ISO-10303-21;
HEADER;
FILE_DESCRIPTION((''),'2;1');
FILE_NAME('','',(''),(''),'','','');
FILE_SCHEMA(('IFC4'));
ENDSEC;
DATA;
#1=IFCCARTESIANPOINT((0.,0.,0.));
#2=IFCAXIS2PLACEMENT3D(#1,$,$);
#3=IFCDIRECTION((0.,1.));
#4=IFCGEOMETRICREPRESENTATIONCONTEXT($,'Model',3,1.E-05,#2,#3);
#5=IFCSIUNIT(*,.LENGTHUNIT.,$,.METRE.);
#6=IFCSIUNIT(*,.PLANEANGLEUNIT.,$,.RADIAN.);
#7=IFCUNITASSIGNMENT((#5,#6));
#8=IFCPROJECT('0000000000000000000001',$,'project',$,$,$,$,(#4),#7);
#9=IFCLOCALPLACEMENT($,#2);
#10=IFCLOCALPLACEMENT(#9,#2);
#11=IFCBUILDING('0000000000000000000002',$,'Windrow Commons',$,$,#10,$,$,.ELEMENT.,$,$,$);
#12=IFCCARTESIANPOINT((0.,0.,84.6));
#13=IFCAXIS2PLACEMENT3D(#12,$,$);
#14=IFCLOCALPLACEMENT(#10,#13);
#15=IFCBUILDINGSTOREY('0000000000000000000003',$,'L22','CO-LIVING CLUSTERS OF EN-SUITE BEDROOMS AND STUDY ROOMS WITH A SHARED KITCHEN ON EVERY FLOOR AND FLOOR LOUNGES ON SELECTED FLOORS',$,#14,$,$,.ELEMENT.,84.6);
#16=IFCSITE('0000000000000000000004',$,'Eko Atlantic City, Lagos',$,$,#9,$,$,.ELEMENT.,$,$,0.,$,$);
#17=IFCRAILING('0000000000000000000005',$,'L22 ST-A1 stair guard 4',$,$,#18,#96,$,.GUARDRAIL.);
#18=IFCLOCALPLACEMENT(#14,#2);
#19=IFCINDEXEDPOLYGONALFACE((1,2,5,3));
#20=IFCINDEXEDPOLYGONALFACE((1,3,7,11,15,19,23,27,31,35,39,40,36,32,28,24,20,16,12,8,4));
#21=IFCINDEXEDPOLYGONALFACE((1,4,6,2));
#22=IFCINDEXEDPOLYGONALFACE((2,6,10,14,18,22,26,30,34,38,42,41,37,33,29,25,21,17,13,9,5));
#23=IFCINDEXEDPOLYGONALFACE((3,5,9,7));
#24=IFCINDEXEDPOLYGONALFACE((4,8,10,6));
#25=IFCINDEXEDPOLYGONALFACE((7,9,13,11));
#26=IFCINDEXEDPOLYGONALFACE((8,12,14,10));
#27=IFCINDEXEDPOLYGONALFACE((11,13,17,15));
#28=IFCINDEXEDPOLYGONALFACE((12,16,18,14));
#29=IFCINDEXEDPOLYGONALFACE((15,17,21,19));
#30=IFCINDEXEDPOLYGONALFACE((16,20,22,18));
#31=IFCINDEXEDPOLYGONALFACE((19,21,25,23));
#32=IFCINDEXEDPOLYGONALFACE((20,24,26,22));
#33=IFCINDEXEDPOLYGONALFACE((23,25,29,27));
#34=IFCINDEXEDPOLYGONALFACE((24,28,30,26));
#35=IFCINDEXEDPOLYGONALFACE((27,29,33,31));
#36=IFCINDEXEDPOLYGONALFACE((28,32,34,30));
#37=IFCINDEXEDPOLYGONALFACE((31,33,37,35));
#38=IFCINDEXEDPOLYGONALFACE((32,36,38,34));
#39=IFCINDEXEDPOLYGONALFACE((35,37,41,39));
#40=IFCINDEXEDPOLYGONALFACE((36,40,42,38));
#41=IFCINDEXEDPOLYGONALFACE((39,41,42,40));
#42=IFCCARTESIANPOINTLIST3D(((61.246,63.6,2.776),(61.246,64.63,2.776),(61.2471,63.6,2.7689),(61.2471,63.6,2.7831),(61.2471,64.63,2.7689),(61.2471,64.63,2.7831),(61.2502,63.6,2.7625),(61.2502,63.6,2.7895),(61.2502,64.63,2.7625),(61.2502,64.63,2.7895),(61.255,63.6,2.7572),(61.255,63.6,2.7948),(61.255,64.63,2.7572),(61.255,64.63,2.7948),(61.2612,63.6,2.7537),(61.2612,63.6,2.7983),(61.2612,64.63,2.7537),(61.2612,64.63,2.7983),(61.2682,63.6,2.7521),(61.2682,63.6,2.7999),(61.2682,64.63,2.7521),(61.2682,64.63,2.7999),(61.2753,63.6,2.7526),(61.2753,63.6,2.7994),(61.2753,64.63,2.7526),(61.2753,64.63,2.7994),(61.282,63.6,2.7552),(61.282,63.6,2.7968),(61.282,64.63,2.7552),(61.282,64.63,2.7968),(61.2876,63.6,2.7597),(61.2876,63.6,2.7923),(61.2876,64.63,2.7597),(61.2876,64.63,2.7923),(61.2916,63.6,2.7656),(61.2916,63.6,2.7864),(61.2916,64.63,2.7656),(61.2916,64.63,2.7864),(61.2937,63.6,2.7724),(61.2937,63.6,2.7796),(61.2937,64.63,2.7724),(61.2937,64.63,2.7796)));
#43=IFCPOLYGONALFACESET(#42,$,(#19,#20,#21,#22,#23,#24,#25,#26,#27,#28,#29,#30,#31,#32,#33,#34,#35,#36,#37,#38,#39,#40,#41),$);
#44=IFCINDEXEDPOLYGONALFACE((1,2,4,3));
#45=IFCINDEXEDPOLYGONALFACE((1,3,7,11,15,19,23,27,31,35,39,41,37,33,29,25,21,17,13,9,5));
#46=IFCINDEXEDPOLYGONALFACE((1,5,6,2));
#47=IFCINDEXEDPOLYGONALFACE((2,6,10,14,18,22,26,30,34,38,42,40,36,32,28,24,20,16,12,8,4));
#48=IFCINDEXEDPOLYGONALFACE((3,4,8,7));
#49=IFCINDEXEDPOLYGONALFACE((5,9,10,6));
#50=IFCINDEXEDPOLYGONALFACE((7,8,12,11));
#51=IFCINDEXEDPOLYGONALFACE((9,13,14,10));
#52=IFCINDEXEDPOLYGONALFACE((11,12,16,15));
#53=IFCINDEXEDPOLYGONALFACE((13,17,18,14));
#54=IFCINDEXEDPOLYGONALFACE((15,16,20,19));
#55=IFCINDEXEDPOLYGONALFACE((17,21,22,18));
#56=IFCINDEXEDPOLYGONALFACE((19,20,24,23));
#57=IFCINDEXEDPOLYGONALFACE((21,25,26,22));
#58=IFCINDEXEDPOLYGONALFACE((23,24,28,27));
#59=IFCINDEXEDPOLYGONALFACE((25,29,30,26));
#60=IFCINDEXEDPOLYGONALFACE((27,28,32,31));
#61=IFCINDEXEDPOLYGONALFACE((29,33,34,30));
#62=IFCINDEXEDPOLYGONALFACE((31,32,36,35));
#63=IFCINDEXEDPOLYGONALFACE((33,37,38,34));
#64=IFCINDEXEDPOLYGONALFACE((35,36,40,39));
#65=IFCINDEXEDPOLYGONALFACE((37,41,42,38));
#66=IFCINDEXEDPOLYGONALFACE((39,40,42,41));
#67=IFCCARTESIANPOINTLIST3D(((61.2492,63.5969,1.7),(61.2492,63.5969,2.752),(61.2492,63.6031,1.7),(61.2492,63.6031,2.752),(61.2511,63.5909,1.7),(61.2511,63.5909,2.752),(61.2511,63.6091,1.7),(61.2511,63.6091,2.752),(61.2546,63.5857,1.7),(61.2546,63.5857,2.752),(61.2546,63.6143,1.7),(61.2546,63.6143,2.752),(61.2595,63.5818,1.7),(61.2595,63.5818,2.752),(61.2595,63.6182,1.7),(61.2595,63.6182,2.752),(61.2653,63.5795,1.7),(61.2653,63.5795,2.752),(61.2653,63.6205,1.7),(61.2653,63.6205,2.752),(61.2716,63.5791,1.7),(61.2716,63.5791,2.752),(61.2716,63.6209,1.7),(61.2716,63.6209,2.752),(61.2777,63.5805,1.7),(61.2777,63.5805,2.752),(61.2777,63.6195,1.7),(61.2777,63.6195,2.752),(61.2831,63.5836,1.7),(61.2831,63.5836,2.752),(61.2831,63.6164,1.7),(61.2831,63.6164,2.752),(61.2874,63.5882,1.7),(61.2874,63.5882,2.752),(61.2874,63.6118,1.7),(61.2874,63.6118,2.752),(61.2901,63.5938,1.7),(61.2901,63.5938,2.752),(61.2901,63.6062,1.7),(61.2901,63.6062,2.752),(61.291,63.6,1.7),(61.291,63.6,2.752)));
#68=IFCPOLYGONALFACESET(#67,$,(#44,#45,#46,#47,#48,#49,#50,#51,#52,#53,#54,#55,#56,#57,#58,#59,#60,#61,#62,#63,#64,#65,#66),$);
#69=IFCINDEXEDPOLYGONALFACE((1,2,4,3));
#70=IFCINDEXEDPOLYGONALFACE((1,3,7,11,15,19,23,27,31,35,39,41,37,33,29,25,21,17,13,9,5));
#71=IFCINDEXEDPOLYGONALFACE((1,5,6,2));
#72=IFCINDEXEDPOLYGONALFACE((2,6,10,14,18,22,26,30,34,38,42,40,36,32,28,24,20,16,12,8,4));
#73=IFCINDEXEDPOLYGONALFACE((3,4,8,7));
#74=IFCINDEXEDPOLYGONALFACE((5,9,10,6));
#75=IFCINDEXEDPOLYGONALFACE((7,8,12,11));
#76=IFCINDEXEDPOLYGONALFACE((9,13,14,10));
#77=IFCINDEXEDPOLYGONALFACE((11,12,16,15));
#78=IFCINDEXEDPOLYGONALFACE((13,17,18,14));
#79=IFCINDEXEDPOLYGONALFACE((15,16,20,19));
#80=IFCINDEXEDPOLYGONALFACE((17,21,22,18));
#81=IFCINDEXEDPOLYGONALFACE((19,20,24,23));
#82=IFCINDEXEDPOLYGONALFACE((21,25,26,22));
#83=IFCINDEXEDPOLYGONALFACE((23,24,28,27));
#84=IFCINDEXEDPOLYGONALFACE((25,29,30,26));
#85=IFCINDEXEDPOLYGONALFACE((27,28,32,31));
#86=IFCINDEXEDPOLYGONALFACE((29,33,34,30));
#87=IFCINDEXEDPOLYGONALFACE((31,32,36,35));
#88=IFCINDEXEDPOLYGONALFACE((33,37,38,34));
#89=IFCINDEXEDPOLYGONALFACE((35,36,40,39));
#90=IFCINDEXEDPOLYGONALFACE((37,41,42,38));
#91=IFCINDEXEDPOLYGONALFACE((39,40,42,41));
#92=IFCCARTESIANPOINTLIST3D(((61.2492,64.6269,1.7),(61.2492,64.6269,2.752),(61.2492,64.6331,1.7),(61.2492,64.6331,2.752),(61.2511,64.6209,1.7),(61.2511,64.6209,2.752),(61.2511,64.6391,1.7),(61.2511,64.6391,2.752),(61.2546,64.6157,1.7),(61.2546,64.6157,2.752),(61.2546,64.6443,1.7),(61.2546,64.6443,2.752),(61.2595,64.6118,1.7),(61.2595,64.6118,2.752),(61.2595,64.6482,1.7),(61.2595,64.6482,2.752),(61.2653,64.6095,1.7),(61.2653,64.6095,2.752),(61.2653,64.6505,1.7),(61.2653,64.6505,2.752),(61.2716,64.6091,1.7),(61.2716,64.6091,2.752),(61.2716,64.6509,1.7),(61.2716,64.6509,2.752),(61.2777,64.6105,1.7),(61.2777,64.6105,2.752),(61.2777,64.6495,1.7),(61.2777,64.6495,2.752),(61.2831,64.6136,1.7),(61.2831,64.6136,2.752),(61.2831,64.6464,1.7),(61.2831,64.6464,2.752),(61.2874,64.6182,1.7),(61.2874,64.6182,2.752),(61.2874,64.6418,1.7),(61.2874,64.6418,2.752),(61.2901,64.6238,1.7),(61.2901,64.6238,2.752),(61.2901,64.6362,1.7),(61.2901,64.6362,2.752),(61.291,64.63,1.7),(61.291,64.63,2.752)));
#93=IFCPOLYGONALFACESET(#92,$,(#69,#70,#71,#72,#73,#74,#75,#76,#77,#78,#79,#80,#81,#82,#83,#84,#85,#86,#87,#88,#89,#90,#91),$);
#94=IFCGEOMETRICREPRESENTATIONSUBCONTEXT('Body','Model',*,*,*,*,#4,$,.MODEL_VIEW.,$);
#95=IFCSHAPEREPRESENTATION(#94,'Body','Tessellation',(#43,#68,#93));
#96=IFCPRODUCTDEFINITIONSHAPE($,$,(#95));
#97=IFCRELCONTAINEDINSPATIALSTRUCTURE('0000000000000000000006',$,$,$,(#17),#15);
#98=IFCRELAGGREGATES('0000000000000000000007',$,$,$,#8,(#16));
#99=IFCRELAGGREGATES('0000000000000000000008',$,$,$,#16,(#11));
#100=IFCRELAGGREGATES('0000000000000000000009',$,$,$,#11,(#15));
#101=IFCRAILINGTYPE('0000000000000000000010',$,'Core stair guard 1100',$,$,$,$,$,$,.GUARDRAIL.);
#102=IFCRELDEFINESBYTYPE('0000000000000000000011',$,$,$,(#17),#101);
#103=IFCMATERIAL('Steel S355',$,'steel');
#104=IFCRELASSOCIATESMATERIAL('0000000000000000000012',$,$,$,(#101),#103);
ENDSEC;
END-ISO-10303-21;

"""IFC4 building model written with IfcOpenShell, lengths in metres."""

from ifc_helpers import new_model, si_unit, direction, frame, origin, origin_2d, place, context, subcontext, project, spatial, circle, extrude, material, type_object, element, save


model = new_model("IFC4")

# Units and contexts
model_context = context("Model", 3, precision=1e-05, world=origin(), true_north=direction((0.0, 1.0)))
body_context = subcontext(model_context, "Body", "Model", "MODEL_VIEW")
ifc_project = project(units=[si_unit("LENGTHUNIT", "METRE"), si_unit("PLANEANGLEUNIT", "RADIAN")], contexts=[model_context])

# Site, building, storey
site_placement = place(None, origin())
site = spatial("IfcSite", under=ifc_project, at=site_placement, Name="Eko Atlantic City, Lagos", CompositionType="ELEMENT", RefElevation=0.0)
building_placement = place(site_placement, origin())
building = spatial("IfcBuilding", under=site, at=building_placement, Name="Windrow Commons", CompositionType="ELEMENT")
storey_placement = place(building_placement, frame((0.0, 0.0, 84.6)))
storey = spatial("IfcBuildingStorey", under=building, at=storey_placement, Name="L22", Description="CO-LIVING CLUSTERS OF EN-SUITE BEDROOMS AND STUDY ROOMS WITH A SHARED KITCHEN ON EVERY FLOOR AND FLOOR LOUNGES ON SELECTED FLOORS", CompositionType="ELEMENT", Elevation=84.6)

# Railing
ifc_material_1 = material(Name="Steel S355", Category="steel")
railing_type_1 = type_object("IfcRailingType", Name="Core stair guard 1100", PredefinedType="GUARDRAIL", material=ifc_material_1)
railing_1_placement = place(storey_placement, frame((61.27, 63.6, 1.7)))
element("IfcRailing", 1, at=railing_1_placement, inside=storey, type_object=railing_type_1, Name="L22 ST-A1 stair guard 4", PredefinedType="GUARDRAIL", context=body_context, shape_type="SweptSolid", body=[
    extrude(circle(Radius=0.024, at=origin_2d()), frame((0.0, 0.0, 1.076), z_axis=(0.0, 1.0, 0.0), x_axis=(-1.0, 0.0, 0.0)), (0.0, 0.0, 1.0), 1.03),
    extrude(circle(Radius=0.021, at=origin_2d()), origin(), (0.0, 0.0, 1.0), 1.052),
    extrude(circle(Radius=0.021, at=origin_2d()), frame((0.0, 1.03, 0.0)), (0.0, 0.0, 1.0), 1.052),
])

save(model, "model.ifc")
